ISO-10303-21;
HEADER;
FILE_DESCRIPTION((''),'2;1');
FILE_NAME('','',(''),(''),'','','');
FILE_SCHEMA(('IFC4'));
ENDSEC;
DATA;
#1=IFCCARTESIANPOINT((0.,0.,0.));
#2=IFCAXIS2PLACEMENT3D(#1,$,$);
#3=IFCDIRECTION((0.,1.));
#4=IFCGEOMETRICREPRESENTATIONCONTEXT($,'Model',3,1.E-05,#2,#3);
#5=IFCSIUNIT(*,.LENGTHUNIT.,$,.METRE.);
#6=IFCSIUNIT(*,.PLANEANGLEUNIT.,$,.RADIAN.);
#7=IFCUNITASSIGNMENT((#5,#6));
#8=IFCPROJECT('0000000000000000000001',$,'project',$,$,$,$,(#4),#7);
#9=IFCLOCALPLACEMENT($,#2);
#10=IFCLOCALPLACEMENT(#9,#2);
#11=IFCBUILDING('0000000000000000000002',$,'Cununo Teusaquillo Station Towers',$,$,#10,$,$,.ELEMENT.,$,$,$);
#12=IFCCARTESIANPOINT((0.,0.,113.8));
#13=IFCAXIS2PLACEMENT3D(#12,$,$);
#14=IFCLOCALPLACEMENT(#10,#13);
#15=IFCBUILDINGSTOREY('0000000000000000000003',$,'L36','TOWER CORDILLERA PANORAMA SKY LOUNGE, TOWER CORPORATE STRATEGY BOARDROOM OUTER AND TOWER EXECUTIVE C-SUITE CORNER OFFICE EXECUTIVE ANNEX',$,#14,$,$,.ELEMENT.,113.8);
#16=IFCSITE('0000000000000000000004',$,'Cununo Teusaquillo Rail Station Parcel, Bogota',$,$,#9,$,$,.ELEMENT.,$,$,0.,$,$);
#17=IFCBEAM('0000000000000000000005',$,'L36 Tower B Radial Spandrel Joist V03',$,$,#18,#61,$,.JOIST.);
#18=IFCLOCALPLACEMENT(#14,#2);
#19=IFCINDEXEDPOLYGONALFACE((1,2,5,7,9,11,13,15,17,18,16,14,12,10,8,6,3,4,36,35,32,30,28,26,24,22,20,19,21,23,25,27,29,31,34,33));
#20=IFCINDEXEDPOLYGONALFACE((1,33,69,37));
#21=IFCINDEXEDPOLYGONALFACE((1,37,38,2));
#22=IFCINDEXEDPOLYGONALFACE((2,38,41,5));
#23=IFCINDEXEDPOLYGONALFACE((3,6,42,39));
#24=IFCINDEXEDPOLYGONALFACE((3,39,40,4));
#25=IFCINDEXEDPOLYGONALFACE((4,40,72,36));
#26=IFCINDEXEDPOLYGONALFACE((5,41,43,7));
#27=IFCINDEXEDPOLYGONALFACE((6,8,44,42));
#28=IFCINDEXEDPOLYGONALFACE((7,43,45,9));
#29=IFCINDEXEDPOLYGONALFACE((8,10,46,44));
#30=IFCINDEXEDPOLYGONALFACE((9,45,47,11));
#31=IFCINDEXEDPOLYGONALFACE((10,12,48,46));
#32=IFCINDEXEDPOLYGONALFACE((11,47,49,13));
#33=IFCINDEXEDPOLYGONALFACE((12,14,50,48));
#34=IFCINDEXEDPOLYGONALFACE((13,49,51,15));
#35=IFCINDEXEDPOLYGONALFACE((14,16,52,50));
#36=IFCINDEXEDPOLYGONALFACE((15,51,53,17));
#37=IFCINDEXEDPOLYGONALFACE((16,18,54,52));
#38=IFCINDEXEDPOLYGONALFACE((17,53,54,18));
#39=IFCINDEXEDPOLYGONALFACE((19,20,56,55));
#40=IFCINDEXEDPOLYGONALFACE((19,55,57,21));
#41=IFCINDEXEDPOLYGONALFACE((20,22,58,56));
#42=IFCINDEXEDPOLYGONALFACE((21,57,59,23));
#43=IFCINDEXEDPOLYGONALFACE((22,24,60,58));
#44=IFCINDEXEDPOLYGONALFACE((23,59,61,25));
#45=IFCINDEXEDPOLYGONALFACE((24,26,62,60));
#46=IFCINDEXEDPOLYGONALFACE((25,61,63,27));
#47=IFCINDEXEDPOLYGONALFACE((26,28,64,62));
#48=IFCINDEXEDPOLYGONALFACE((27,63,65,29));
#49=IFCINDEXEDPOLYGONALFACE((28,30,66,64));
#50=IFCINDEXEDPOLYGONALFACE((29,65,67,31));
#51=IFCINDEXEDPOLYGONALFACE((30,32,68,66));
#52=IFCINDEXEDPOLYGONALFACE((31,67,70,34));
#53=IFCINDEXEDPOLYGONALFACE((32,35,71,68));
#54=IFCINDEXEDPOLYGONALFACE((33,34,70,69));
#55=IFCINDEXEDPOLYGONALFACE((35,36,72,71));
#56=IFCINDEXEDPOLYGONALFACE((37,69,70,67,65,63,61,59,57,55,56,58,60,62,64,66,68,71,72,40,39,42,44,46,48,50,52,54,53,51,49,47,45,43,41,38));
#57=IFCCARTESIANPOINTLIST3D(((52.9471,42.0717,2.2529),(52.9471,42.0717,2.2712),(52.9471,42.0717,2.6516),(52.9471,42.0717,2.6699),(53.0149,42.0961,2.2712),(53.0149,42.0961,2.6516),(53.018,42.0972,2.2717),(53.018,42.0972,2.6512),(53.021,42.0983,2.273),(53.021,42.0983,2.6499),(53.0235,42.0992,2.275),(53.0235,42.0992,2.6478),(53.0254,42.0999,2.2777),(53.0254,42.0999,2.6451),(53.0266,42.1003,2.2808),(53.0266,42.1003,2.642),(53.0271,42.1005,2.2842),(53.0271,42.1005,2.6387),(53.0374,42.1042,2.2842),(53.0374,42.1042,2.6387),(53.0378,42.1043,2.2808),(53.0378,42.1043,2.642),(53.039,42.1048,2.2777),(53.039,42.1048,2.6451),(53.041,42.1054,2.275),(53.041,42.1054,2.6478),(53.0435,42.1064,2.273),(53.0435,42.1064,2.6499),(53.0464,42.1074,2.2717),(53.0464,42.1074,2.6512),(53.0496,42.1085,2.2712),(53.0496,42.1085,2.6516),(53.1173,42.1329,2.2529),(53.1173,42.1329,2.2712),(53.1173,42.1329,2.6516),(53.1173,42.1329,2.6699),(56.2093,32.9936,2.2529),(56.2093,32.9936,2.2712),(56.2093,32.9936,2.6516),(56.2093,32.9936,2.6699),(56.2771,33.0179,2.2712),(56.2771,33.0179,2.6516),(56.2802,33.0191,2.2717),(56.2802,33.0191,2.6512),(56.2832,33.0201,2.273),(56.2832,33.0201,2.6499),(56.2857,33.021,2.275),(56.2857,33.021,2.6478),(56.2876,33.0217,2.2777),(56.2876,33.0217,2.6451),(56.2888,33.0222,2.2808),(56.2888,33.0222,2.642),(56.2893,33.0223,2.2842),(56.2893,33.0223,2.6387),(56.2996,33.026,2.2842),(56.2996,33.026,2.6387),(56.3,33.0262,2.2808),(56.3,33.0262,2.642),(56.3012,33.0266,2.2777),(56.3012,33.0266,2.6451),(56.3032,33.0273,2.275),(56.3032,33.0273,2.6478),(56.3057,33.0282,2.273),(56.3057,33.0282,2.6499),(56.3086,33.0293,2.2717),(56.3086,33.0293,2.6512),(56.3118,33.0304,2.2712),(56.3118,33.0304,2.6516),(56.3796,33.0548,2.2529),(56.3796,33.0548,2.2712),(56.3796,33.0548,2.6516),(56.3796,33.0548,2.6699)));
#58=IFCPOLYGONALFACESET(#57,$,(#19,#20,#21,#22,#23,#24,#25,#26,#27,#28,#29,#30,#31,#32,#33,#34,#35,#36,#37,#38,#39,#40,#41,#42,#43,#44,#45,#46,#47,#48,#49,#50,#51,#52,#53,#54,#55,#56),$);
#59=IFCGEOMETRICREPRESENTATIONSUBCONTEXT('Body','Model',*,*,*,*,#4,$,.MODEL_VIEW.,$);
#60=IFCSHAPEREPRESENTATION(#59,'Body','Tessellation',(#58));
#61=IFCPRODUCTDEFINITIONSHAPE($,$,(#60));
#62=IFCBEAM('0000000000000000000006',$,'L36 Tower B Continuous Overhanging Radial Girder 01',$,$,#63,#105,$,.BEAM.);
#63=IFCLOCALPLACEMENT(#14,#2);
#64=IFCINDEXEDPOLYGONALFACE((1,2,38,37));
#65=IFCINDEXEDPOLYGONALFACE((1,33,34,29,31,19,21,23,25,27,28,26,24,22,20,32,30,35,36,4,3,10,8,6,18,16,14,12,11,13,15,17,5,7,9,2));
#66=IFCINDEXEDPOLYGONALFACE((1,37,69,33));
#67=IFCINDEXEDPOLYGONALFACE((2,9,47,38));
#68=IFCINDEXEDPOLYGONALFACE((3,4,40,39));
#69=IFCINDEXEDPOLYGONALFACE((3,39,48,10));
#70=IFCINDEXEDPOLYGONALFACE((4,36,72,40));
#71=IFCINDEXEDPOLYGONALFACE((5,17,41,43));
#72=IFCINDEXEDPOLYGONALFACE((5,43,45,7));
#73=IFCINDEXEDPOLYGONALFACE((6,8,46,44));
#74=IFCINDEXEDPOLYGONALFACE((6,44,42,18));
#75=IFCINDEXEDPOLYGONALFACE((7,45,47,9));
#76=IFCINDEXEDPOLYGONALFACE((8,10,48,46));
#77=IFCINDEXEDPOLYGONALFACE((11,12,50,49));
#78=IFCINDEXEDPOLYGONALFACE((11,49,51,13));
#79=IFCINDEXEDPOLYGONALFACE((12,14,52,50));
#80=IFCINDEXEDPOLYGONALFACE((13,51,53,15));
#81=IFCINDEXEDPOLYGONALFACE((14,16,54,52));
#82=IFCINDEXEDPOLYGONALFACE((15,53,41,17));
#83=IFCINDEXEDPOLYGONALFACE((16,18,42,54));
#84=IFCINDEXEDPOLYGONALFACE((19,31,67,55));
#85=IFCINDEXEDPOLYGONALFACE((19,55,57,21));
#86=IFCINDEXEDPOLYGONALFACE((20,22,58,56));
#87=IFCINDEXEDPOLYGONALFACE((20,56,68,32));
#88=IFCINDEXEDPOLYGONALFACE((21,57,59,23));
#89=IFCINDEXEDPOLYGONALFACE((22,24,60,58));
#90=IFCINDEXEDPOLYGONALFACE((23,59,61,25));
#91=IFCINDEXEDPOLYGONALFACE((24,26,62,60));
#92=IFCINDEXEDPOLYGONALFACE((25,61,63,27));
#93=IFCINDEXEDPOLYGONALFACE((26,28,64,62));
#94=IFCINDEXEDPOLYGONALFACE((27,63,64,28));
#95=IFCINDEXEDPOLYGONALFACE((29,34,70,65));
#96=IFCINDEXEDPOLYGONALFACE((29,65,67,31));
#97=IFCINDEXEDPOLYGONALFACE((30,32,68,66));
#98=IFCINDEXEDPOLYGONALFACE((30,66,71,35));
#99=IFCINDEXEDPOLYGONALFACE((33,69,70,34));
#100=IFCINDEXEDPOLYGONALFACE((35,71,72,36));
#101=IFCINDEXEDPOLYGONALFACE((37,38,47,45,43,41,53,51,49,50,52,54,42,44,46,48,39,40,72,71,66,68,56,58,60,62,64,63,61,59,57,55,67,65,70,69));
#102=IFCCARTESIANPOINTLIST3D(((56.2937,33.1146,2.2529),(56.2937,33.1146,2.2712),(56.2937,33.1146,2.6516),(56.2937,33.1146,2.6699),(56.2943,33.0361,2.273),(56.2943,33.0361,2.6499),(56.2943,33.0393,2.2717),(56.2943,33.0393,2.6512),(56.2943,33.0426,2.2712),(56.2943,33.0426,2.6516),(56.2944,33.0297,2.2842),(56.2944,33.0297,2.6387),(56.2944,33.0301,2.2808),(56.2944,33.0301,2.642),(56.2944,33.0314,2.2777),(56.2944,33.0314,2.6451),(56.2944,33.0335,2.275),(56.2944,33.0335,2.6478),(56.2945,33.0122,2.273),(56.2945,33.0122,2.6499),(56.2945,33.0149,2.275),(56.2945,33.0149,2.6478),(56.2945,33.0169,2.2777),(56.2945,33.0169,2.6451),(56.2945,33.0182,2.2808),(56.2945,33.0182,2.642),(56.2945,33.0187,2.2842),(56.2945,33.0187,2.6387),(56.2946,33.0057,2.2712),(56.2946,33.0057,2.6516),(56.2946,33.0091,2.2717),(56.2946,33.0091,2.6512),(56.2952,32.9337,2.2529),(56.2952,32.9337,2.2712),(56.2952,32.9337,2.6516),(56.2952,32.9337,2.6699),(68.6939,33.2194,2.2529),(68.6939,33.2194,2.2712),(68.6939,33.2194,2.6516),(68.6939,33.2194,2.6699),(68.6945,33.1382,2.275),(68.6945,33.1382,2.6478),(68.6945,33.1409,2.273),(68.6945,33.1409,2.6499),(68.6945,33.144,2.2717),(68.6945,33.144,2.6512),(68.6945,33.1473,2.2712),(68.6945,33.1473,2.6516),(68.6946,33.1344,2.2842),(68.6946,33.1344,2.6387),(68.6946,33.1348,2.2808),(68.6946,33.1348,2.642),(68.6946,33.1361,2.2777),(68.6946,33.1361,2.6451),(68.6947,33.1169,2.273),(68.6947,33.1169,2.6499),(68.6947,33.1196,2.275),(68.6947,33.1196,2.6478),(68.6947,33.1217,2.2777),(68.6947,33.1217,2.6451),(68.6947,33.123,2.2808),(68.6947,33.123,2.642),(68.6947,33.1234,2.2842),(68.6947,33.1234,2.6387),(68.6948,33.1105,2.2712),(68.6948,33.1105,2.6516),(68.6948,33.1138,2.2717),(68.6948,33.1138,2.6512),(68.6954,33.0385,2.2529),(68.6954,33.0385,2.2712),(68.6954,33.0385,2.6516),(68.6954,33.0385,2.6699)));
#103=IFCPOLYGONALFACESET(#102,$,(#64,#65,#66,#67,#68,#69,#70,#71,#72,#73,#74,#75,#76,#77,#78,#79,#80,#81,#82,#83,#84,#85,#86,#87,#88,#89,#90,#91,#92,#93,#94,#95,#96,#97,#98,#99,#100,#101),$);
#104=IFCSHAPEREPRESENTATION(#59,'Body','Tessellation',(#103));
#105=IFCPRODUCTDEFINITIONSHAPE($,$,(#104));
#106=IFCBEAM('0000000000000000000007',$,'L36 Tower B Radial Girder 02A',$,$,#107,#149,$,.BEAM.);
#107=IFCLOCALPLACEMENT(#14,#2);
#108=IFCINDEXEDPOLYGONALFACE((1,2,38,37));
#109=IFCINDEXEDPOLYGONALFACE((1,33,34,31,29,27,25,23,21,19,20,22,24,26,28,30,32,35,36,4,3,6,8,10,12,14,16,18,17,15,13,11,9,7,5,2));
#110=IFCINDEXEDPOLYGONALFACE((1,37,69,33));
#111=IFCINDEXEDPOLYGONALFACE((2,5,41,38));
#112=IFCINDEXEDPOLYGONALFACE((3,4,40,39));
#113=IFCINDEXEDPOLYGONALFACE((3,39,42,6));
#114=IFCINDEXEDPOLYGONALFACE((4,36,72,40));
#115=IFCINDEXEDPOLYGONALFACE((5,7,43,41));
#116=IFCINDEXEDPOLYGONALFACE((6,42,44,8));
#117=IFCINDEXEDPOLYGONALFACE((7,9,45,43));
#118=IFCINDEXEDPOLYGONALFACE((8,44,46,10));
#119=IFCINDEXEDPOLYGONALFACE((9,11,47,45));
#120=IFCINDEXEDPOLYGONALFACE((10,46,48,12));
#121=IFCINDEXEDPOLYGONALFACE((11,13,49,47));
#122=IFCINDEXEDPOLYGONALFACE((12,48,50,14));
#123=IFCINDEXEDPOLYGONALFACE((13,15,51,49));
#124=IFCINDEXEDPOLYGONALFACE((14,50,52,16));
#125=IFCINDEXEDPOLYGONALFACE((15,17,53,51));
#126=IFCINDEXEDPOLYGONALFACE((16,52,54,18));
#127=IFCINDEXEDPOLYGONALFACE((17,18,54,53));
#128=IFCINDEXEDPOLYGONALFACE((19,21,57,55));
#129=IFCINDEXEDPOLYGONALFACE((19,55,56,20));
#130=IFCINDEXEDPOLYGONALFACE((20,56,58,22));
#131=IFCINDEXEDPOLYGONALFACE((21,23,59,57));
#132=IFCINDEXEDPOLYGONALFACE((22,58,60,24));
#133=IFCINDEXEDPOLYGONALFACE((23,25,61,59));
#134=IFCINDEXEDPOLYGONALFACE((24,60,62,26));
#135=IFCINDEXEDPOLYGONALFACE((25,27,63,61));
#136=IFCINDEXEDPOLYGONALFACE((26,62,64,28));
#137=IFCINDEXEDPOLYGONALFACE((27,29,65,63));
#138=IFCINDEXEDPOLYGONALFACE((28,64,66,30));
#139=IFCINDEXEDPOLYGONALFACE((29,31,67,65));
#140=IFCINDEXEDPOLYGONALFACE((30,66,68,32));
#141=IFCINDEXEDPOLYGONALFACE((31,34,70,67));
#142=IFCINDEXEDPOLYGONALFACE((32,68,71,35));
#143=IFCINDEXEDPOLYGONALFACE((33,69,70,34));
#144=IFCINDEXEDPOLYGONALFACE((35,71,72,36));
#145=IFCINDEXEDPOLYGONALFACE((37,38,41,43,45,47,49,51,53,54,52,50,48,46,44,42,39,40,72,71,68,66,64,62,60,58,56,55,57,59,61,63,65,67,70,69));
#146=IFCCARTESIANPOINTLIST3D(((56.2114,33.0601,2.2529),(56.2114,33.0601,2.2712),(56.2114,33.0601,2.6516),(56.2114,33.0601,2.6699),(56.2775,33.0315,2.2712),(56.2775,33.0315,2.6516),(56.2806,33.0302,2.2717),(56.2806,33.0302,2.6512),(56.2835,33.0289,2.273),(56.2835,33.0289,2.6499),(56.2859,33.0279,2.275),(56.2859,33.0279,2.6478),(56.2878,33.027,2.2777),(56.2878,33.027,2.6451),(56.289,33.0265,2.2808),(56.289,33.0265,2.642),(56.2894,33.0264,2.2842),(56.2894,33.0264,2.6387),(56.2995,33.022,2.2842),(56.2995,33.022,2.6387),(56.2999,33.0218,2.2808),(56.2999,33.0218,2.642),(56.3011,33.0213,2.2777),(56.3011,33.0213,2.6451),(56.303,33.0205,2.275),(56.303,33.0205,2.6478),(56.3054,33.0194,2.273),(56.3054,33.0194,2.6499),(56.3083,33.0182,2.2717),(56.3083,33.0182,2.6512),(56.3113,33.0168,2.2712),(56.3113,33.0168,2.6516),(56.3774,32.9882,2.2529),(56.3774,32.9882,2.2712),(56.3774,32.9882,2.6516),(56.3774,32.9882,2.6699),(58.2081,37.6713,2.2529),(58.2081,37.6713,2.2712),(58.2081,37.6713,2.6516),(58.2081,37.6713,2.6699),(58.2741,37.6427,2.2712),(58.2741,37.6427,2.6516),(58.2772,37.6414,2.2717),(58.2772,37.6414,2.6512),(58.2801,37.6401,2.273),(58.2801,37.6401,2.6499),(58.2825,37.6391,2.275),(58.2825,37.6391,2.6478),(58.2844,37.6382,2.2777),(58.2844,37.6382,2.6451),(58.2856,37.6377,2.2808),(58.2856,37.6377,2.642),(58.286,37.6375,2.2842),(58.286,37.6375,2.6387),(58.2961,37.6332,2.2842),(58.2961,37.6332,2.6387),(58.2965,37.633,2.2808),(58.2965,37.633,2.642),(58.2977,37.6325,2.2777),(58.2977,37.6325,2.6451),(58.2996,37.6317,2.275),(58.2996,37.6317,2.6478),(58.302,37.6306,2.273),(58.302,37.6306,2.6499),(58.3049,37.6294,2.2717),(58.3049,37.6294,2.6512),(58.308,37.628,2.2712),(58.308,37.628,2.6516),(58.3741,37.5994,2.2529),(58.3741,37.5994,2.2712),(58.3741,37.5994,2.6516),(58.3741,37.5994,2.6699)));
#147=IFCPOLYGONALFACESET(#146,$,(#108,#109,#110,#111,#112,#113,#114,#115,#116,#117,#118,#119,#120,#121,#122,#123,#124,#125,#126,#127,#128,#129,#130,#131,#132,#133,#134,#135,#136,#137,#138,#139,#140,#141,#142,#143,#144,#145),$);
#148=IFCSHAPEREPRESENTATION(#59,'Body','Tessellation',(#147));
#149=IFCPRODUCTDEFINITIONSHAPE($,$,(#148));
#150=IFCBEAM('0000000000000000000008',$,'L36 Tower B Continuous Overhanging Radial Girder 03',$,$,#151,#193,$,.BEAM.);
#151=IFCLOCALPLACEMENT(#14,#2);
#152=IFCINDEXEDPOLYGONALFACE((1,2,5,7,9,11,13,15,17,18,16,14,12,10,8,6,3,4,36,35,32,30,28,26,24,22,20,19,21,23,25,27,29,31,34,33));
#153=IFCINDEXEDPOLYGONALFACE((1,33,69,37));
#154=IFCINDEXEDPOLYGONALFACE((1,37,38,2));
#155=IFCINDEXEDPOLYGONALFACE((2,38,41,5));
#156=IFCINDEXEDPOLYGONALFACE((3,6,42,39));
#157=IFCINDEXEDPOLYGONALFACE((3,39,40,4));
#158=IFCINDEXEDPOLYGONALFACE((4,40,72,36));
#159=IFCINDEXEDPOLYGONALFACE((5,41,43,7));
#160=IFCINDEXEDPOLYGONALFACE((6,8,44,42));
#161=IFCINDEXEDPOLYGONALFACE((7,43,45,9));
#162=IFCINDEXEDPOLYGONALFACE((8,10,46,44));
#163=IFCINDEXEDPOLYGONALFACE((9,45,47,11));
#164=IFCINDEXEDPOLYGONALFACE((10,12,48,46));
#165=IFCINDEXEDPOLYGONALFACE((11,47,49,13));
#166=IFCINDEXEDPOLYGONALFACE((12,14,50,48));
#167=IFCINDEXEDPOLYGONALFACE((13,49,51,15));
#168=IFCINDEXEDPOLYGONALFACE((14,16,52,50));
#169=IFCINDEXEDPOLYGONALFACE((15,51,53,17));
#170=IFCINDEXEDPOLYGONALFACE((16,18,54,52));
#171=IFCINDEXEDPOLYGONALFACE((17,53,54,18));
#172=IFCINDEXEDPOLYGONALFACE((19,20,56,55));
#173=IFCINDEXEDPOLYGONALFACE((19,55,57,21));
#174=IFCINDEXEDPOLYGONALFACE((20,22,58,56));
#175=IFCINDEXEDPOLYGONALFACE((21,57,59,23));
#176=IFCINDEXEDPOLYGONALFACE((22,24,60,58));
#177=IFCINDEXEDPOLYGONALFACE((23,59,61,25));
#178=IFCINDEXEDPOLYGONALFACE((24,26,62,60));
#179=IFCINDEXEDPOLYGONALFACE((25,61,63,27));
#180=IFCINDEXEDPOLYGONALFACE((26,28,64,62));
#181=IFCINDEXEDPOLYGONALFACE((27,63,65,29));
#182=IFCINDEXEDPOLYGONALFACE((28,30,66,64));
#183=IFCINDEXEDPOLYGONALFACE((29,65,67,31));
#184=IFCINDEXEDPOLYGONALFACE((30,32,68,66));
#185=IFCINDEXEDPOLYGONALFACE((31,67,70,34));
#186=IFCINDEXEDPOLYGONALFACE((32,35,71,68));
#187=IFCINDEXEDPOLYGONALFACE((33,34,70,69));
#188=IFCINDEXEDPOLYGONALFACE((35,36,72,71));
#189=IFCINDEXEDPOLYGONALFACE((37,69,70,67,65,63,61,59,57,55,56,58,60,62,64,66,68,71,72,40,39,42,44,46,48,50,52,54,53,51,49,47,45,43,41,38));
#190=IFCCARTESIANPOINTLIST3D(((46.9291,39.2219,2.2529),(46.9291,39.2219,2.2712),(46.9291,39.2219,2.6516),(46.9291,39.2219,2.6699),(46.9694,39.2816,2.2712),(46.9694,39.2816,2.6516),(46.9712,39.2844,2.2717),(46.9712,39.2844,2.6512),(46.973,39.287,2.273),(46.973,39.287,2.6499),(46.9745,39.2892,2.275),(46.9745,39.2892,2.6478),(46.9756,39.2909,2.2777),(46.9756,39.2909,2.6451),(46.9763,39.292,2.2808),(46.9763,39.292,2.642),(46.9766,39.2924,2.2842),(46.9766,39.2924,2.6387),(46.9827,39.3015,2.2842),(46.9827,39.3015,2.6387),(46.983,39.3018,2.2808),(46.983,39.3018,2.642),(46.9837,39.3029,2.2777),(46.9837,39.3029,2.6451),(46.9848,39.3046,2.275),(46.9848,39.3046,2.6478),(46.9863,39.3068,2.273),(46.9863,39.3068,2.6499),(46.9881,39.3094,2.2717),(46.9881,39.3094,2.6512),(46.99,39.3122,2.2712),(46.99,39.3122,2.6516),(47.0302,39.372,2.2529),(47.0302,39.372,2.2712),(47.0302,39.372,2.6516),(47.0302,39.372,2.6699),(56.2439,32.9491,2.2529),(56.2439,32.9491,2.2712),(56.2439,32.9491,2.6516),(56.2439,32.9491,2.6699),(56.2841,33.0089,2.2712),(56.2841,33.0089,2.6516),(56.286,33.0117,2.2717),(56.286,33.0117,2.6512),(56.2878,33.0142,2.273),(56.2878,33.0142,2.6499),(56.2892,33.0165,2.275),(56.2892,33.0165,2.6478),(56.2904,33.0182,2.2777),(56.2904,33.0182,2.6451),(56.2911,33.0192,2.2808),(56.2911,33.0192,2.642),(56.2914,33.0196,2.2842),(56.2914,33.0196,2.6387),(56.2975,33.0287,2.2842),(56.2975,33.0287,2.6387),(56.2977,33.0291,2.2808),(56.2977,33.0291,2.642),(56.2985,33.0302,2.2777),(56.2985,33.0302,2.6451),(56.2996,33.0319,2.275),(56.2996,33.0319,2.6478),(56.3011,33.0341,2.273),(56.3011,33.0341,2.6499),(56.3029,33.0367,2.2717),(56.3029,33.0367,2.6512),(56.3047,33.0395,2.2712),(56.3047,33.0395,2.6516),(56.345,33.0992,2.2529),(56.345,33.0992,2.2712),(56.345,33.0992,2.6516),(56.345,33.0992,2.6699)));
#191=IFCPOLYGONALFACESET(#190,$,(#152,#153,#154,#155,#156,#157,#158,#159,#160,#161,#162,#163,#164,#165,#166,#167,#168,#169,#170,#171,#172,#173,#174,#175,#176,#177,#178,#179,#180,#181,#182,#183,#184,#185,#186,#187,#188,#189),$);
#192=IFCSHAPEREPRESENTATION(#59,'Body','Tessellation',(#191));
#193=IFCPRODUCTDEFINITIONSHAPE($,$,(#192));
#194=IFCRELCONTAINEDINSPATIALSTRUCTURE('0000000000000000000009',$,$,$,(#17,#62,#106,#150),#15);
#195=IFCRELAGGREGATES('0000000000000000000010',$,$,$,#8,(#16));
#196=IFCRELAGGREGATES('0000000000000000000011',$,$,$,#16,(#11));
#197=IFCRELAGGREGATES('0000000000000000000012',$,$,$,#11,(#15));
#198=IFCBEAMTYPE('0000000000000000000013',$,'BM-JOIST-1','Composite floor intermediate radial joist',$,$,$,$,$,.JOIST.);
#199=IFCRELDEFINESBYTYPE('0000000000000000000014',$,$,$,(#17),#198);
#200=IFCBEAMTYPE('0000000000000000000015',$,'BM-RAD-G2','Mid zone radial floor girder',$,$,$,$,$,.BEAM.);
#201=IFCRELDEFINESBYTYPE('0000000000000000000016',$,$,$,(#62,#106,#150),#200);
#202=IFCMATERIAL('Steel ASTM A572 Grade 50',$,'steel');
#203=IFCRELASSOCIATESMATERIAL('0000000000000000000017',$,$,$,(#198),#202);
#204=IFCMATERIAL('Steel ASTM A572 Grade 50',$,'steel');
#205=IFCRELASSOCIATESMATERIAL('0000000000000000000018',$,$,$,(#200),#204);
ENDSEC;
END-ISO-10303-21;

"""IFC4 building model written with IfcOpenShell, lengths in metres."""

from ifc_helpers import new_model, si_unit, direction, frame, origin, origin_2d, place, context, subcontext, project, spatial, i_section, extrude, material, material_profile, profile_set, type_object, element, save


model = new_model("IFC4")

# Units and contexts
model_context = context("Model", 3, precision=1e-05, world=origin(), true_north=direction((0.0, 1.0)))
body_context = subcontext(model_context, "Body", "Model", "MODEL_VIEW")
ifc_project = project(units=[si_unit("LENGTHUNIT", "METRE"), si_unit("PLANEANGLEUNIT", "RADIAN")], contexts=[model_context])

# Site, building, storey
site_placement = place(None, origin())
site = spatial("IfcSite", under=ifc_project, at=site_placement, Name="Cununo Teusaquillo Rail Station Parcel, Bogota", CompositionType="ELEMENT", RefElevation=0.0)
building_placement = place(site_placement, origin())
building = spatial("IfcBuilding", under=site, at=building_placement, Name="Cununo Teusaquillo Station Towers", CompositionType="ELEMENT")
storey_placement = place(building_placement, frame((0.0, 0.0, 113.8)))
storey = spatial("IfcBuildingStorey", under=building, at=storey_placement, Name="L36", Description="TOWER CORDILLERA PANORAMA SKY LOUNGE, TOWER CORPORATE STRATEGY BOARDROOM OUTER AND TOWER EXECUTIVE C-SUITE CORNER OFFICE EXECUTIVE ANNEX", CompositionType="ELEMENT", Elevation=113.8)

# Beams
ifc_material_1 = material(Name="Steel ASTM A572 Grade 50", Category="steel")
ifc_material_profile_1 = material_profile(ifc_material_1, i_section(OverallWidth=0.1809, OverallDepth=0.417, WebThickness=0.011, FlangeThickness=0.0183, FilletRadius=0.0129, at=origin_2d()), Name="W16X57")
ifc_profile_set_1 = profile_set([ifc_material_profile_1], Name="Steel ASTM A572 Grade 50")
beam_type_1 = type_object("IfcBeamType", Name="BM-JOIST-1", Description="Composite floor intermediate radial joist", PredefinedType="JOIST", material=ifc_profile_set_1)
beam_1_placement = place(storey_placement, frame((56.2944, 33.0242, 2.4614), z_axis=(-0.338176, 0.941083, 0.0), x_axis=(-0.941083, -0.338176, 0.0)))
element("IfcBeam", 1, at=beam_1_placement, inside=storey, type_object=beam_type_1, Name="L36 Tower B Radial Spandrel Joist V03", PredefinedType="JOIST", context=body_context, shape_type="SweptSolid", body=[
    extrude(i_section(OverallWidth=0.1809, OverallDepth=0.417, WebThickness=0.011, FlangeThickness=0.0183, FilletRadius=0.0129, at=origin_2d()), origin(), (0.0, 0.0, 1.0), 9.6465),
])
ifc_material_2 = material(Name="Steel ASTM A572 Grade 50", Category="steel")
ifc_material_profile_2 = material_profile(ifc_material_2, i_section(OverallWidth=0.1809, OverallDepth=0.417, WebThickness=0.011, FlangeThickness=0.0183, FilletRadius=0.0129, at=origin_2d()), Name="W16X57")
ifc_profile_set_2 = profile_set([ifc_material_profile_2], Name="Steel ASTM A572 Grade 50")
beam_type_2 = type_object("IfcBeamType", Name="BM-RAD-G2", Description="Mid zone radial floor girder", PredefinedType="BEAM", material=ifc_profile_set_2)
beam_2_placement = place(storey_placement, frame((56.2944, 33.0242, 2.4614), z_axis=(0.999964, 0.008446, 0.0), x_axis=(-0.008446, 0.999964, 0.0)))
element("IfcBeam", 2, at=beam_2_placement, inside=storey, type_object=beam_type_2, Name="L36 Tower B Continuous Overhanging Radial Girder 01", PredefinedType="BEAM", context=body_context, shape_type="SweptSolid", body=[
    extrude(i_section(OverallWidth=0.1809, OverallDepth=0.417, WebThickness=0.011, FlangeThickness=0.0183, FilletRadius=0.0129, at=origin_2d()), origin(), (0.0, 0.0, 1.0), 12.4006),
])
beam_3_placement = place(storey_placement, frame((56.2944, 33.0242, 2.4614), z_axis=(0.397347, 0.917668, 0.0), x_axis=(-0.917668, 0.397347, 0.0)))
element("IfcBeam", 3, at=beam_3_placement, inside=storey, type_object=beam_type_2, Name="L36 Tower B Radial Girder 02A", PredefinedType="BEAM", context=body_context, shape_type="SweptSolid", body=[
    extrude(i_section(OverallWidth=0.1809, OverallDepth=0.417, WebThickness=0.011, FlangeThickness=0.0183, FilletRadius=0.0129, at=origin_2d()), origin(), (0.0, 0.0, 1.0), 5.0249),
])
beam_4_placement = place(storey_placement, frame((56.2944, 33.0242, 2.4614), z_axis=(-0.829456, 0.558572, 0.0), x_axis=(-0.558572, -0.829456, 0.0)))
element("IfcBeam", 4, at=beam_4_placement, inside=storey, type_object=beam_type_2, Name="L36 Tower B Continuous Overhanging Radial Girder 03", PredefinedType="BEAM", context=body_context, shape_type="SweptSolid", body=[
    extrude(i_section(OverallWidth=0.1809, OverallDepth=0.417, WebThickness=0.011, FlangeThickness=0.0183, FilletRadius=0.0129, at=origin_2d()), origin(), (0.0, 0.0, 1.0), 11.23),
])

save(model, "model.ifc")
